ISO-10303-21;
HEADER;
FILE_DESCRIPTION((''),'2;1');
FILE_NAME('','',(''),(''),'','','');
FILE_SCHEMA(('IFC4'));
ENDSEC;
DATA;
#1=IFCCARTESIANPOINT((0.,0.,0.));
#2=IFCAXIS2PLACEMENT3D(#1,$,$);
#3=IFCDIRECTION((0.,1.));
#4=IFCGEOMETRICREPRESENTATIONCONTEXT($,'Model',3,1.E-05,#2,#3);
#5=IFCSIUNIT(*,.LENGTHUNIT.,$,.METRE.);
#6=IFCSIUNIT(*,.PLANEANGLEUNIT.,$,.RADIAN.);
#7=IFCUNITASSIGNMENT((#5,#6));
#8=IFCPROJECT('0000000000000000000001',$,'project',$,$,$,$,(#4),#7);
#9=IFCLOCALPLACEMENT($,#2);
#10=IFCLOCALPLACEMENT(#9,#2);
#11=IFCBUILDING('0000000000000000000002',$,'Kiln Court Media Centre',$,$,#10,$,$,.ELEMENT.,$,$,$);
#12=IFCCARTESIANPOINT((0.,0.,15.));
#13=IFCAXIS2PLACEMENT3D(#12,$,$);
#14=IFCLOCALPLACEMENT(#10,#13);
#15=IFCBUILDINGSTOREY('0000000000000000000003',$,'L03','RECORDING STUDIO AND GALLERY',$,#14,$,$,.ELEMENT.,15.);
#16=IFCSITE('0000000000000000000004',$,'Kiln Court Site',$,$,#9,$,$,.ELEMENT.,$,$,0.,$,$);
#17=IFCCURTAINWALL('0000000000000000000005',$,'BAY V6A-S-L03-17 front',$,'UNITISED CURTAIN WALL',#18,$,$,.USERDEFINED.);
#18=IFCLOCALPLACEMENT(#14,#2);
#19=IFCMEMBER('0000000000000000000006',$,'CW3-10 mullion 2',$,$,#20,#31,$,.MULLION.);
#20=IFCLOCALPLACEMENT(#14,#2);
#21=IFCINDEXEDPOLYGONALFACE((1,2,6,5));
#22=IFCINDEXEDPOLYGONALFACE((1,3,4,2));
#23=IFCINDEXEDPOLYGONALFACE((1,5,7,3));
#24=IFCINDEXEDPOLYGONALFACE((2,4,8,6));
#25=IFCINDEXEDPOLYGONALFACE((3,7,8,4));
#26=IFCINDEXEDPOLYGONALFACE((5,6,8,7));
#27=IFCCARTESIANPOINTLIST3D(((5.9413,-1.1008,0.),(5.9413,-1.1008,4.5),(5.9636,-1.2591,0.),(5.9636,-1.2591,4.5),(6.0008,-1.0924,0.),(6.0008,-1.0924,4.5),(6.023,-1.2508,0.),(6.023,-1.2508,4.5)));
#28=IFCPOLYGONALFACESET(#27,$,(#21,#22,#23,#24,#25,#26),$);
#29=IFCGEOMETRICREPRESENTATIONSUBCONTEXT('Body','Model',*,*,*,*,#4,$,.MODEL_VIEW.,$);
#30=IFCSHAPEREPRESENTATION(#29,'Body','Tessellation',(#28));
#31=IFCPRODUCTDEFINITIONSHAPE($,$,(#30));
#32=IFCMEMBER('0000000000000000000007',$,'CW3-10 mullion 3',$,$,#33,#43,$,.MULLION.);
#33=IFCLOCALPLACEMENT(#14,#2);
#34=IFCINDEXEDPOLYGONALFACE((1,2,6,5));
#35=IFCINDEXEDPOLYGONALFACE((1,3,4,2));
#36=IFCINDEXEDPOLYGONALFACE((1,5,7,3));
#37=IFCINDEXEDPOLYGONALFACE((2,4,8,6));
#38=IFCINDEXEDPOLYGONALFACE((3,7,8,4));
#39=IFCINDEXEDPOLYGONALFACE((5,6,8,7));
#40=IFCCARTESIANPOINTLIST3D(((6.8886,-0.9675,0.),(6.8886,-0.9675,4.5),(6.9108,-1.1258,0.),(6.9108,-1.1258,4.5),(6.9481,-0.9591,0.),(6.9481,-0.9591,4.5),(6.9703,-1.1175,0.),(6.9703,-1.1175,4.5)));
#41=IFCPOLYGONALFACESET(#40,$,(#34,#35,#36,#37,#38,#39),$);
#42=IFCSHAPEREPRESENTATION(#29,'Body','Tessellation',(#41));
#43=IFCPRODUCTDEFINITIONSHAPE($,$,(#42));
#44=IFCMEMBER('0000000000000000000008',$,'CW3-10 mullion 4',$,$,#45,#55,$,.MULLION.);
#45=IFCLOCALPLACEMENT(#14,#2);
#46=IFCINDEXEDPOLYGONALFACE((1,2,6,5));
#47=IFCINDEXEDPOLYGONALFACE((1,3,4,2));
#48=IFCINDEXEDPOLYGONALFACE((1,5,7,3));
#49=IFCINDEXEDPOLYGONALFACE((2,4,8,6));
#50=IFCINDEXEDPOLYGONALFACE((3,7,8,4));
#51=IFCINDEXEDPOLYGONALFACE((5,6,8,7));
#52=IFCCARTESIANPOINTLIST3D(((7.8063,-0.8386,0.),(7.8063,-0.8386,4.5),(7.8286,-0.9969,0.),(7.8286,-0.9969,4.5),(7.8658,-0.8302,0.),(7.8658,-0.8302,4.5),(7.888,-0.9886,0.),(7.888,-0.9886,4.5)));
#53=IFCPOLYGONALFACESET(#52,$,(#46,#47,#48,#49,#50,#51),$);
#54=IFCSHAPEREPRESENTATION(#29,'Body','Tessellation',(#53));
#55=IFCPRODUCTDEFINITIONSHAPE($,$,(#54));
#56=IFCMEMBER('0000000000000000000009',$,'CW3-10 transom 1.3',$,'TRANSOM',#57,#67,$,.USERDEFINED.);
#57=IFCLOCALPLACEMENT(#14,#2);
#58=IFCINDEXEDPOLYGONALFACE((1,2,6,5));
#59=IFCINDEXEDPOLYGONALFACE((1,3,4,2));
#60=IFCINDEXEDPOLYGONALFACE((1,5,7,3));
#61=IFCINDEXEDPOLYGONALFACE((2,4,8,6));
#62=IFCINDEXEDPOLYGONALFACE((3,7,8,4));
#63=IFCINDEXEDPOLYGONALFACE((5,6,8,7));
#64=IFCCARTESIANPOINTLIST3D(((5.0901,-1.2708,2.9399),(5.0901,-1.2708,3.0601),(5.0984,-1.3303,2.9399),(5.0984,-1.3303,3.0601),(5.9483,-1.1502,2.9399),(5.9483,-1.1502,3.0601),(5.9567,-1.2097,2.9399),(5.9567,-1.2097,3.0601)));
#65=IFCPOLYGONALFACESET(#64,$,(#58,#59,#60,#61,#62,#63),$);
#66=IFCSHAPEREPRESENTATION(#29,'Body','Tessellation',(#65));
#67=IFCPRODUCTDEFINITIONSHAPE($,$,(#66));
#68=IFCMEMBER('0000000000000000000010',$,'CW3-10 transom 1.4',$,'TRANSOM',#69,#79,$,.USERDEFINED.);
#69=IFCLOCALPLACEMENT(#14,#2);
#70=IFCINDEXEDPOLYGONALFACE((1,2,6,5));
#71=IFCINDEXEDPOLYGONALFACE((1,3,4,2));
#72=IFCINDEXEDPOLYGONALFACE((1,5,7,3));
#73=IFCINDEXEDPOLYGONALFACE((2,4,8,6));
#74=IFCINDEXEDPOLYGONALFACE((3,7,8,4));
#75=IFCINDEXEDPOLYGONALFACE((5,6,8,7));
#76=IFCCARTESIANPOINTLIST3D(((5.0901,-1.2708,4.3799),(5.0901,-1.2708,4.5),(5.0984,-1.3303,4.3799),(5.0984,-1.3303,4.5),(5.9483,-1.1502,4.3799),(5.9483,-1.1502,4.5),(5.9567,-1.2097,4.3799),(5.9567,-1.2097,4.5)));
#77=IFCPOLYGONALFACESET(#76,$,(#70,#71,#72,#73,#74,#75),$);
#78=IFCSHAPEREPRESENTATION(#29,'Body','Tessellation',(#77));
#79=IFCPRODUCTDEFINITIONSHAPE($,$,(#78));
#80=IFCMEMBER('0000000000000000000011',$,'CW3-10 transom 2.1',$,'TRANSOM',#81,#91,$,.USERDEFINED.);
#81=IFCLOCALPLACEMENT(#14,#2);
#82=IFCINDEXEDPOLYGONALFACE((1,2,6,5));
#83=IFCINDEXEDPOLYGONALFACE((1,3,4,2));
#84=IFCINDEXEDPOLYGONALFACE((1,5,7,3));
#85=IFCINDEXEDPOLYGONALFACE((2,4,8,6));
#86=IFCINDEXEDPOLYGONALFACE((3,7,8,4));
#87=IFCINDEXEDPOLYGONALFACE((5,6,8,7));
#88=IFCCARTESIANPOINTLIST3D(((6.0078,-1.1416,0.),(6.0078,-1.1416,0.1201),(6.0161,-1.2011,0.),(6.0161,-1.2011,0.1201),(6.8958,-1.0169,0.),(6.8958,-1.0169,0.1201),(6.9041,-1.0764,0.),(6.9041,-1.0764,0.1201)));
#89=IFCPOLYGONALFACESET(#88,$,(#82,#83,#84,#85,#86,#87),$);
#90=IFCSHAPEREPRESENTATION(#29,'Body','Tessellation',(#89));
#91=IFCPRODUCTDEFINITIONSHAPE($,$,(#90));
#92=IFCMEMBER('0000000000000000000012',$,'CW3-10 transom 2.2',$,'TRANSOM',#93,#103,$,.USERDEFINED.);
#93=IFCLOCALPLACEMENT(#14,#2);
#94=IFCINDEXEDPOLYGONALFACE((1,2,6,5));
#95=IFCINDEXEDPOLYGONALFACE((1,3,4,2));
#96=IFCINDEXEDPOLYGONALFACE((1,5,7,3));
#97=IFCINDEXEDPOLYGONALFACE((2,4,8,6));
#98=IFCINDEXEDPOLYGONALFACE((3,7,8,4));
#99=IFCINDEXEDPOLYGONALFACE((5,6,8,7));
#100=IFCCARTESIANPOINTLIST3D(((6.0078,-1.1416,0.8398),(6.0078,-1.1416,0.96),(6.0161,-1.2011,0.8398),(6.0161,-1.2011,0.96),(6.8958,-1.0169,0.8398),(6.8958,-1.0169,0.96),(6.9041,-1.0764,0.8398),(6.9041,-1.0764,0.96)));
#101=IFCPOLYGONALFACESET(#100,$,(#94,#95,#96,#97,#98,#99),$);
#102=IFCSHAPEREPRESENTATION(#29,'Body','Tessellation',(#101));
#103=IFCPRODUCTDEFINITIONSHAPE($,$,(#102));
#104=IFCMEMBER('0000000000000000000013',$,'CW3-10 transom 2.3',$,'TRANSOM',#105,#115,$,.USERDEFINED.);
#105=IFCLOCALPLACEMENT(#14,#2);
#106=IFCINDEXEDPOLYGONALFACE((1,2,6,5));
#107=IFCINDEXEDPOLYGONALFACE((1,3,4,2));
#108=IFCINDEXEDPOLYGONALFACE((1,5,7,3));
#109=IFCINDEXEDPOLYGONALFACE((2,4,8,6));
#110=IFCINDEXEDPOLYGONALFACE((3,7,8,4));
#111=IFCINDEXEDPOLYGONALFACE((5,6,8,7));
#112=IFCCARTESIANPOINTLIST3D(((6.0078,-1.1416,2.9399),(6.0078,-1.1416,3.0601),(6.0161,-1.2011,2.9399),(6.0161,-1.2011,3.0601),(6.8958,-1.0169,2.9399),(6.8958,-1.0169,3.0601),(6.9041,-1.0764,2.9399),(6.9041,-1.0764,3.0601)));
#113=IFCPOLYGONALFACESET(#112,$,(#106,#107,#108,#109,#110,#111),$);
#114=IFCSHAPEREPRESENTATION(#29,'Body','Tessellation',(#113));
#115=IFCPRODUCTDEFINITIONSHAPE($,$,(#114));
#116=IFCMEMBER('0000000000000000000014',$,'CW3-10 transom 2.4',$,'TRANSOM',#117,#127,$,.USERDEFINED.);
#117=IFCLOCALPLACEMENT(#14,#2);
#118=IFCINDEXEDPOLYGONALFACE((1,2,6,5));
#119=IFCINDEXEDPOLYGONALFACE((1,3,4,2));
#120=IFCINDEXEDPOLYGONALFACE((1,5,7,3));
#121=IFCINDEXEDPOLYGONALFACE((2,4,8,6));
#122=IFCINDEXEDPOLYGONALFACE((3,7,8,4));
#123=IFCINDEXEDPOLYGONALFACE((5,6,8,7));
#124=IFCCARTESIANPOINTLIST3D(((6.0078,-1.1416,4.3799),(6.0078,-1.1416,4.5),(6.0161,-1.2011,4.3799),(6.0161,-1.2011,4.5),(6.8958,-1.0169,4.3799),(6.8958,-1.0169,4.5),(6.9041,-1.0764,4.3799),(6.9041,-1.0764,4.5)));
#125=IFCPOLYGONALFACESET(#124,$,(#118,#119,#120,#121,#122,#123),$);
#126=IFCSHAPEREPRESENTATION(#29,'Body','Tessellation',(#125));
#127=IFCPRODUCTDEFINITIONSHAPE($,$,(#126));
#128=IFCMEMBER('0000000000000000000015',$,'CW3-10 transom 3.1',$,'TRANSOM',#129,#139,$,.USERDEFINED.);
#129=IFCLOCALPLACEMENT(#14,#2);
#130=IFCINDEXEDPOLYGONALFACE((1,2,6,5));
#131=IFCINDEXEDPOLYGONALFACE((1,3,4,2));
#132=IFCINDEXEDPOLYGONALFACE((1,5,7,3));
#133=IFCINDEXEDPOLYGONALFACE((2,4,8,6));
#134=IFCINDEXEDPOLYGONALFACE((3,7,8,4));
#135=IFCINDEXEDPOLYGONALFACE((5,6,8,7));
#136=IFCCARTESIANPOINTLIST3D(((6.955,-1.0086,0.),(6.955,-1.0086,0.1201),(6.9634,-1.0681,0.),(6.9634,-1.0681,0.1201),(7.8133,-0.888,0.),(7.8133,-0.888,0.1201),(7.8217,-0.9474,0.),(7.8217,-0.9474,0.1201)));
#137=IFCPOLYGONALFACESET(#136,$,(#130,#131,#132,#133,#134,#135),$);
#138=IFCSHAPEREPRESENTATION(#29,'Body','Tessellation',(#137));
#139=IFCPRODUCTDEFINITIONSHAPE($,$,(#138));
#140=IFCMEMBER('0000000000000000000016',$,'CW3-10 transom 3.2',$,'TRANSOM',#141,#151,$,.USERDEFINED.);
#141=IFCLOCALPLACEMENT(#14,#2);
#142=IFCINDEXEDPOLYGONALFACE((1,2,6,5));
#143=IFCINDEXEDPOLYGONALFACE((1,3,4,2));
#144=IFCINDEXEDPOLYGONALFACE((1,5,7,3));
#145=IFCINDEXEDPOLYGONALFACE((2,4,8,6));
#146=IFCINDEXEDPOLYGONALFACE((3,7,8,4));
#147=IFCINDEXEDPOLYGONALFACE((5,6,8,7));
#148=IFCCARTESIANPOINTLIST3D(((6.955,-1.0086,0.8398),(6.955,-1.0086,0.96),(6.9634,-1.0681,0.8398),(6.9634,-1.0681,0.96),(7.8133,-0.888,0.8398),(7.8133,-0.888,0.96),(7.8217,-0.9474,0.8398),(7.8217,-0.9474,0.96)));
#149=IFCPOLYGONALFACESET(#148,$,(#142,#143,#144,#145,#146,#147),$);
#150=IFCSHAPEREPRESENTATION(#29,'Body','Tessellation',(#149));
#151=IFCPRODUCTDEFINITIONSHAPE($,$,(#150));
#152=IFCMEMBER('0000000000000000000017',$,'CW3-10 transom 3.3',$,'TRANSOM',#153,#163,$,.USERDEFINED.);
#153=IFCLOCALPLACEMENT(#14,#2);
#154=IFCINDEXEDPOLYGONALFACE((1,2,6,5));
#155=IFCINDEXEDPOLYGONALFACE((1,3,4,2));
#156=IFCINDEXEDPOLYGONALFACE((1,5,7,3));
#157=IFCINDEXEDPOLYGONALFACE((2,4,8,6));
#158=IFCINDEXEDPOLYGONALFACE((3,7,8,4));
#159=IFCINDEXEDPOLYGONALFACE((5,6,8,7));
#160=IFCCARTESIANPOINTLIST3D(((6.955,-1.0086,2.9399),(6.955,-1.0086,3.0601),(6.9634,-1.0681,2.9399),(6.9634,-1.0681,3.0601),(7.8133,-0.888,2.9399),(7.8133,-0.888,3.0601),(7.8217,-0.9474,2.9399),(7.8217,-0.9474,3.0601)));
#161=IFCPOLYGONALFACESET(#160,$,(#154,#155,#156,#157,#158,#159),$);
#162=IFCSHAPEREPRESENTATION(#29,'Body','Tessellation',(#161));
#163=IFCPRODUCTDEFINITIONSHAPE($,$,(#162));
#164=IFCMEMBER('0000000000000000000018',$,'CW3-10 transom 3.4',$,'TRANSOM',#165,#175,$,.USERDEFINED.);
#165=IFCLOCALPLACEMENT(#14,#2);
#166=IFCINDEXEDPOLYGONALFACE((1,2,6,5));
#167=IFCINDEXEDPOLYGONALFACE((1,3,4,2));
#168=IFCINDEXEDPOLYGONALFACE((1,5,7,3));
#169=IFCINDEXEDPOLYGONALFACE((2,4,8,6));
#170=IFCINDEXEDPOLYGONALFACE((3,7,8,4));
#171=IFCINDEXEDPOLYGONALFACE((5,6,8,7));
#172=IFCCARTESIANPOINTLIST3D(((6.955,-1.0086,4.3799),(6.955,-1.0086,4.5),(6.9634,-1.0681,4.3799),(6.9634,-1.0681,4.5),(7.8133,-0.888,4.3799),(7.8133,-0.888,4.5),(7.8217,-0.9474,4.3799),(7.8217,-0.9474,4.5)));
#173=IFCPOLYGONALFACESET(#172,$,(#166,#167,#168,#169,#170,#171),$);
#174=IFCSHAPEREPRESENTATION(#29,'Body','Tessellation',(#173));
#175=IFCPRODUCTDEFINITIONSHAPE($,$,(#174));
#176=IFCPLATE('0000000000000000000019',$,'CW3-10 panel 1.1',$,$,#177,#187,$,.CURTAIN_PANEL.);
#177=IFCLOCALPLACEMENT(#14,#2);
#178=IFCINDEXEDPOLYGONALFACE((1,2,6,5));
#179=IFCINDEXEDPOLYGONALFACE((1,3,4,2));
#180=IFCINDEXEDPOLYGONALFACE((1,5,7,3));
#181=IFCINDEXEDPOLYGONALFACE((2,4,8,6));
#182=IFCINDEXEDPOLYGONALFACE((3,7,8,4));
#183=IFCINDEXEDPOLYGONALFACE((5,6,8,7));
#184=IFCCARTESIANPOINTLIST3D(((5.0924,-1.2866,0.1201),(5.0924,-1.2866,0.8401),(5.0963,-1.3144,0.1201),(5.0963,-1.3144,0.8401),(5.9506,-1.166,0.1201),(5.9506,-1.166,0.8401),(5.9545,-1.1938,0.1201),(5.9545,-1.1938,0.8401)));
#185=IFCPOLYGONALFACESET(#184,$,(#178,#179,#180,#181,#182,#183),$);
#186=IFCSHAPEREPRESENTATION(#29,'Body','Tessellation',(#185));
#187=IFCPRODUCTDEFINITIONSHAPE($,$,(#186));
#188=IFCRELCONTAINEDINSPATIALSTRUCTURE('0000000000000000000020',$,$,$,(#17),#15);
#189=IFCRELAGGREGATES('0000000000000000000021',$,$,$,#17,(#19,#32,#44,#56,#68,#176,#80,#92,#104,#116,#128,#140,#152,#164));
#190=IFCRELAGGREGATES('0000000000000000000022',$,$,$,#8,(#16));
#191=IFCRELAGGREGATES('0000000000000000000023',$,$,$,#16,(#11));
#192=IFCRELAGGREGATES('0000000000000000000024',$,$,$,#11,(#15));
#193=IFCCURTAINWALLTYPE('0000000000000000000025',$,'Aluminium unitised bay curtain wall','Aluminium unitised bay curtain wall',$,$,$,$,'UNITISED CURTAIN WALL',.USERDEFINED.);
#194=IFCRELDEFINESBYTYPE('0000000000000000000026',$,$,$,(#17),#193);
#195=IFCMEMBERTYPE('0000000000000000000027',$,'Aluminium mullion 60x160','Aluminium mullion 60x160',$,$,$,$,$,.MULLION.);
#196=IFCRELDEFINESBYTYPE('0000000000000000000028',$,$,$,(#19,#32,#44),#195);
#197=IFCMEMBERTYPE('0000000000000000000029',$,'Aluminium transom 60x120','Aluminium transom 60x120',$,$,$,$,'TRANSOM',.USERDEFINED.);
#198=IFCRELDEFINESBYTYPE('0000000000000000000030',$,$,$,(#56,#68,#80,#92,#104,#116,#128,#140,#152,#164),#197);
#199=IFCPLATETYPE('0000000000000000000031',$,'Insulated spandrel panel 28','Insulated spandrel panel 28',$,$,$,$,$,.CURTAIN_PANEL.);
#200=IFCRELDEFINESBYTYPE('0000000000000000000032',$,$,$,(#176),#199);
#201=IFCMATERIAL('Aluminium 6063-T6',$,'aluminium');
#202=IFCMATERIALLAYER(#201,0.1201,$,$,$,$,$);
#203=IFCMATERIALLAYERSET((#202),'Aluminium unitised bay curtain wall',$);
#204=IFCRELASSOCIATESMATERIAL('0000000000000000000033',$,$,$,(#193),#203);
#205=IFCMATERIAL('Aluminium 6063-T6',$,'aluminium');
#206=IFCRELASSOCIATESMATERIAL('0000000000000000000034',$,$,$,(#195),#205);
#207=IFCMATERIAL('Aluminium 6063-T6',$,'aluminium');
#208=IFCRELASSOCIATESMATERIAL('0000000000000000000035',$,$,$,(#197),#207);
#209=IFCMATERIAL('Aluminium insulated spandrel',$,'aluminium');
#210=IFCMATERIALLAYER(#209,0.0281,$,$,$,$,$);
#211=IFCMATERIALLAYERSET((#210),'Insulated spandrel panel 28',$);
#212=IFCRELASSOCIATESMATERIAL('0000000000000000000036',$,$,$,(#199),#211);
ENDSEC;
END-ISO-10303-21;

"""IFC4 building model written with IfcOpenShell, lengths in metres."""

from ifc_helpers import new_model, si_unit, direction, frame, origin, origin_2d, place, context, subcontext, project, spatial, rectangle, extrude, material, layer, layer_set, material_profile, profile_set, type_object, element, aggregate, save


model = new_model("IFC4")

# Units and contexts
model_context = context("Model", 3, precision=1e-05, world=origin(), true_north=direction((0.0, 1.0)))
body_context = subcontext(model_context, "Body", "Model", "MODEL_VIEW")
ifc_project = project(units=[si_unit("LENGTHUNIT", "METRE"), si_unit("PLANEANGLEUNIT", "RADIAN")], contexts=[model_context])

# Site, building, storey
site_placement = place(None, origin())
site = spatial("IfcSite", under=ifc_project, at=site_placement, Name="Kiln Court Site", CompositionType="ELEMENT", RefElevation=0.0)
building_placement = place(site_placement, origin())
building = spatial("IfcBuilding", under=site, at=building_placement, Name="Kiln Court Media Centre", CompositionType="ELEMENT")
storey_placement = place(building_placement, frame((0.0, 0.0, 15.0)))
storey = spatial("IfcBuildingStorey", under=building, at=storey_placement, Name="L03", Description="RECORDING STUDIO AND GALLERY", CompositionType="ELEMENT", Elevation=15.0)

# Curtain wall, members, plate
ifc_material_1 = material(Name="Aluminium 6063-T6", Category="aluminium")
ifc_layer_1 = layer(ifc_material_1, 0.1201)
ifc_layer_set_1 = layer_set([ifc_layer_1], Name="Aluminium unitised bay curtain wall")
curtain_wall_type = type_object("IfcCurtainWallType", Name="Aluminium unitised bay curtain wall", Description="Aluminium unitised bay curtain wall", ElementType="UNITISED CURTAIN WALL", PredefinedType="USERDEFINED", material=ifc_layer_set_1)
curtain_wall_placement = place(storey_placement, origin())
curtain_wall = element("IfcCurtainWall", 1, at=curtain_wall_placement, inside=storey, type_object=curtain_wall_type, Name="BAY V6A-S-L03-17 front", ObjectType="UNITISED CURTAIN WALL", PredefinedType="USERDEFINED")
ifc_material_2 = material(Name="Aluminium 6063-T6", Category="aluminium")
ifc_material_profile_1 = material_profile(ifc_material_2, rectangle(XDim=0.0601, YDim=0.1599, at=origin_2d()), Name="Aluminium mullion 60x160")
ifc_profile_set_1 = profile_set([ifc_material_profile_1], Name="Aluminium 6063-T6")
member_type_1 = type_object("IfcMemberType", Name="Aluminium mullion 60x160", Description="Aluminium mullion 60x160", PredefinedType="MULLION", material=ifc_profile_set_1)
member_1_placement = place(storey_placement, frame((5.9822, -1.1758, 0.0), z_axis=(0.0, 0.0, 1.0), x_axis=(0.99027, 0.139162, 0.0)))
member_1 = element("IfcMember", 2, at=member_1_placement, type_object=member_type_1, Name="CW3-10 mullion 2", PredefinedType="MULLION", context=body_context, shape_type="SweptSolid", body=[
    extrude(rectangle(XDim=0.0601, YDim=0.1599, at=origin_2d()), origin(), (0.0, 0.0, 1.0), 4.5),
])
member_2_placement = place(storey_placement, frame((6.9294, -1.0425, 0.0), z_axis=(0.0, 0.0, 1.0), x_axis=(0.99027, 0.139162, 0.0)))
member_2 = element("IfcMember", 3, at=member_2_placement, type_object=member_type_1, Name="CW3-10 mullion 3", PredefinedType="MULLION", context=body_context, shape_type="SweptSolid", body=[
    extrude(rectangle(XDim=0.0601, YDim=0.1599, at=origin_2d()), origin(), (0.0, 0.0, 1.0), 4.5),
])
member_3_placement = place(storey_placement, frame((7.8472, -0.9136, 0.0), z_axis=(0.0, 0.0, 1.0), x_axis=(0.99027, 0.139162, 0.0)))
member_3 = element("IfcMember", 4, at=member_3_placement, type_object=member_type_1, Name="CW3-10 mullion 4", PredefinedType="MULLION", context=body_context, shape_type="SweptSolid", body=[
    extrude(rectangle(XDim=0.0601, YDim=0.1599, at=origin_2d()), origin(), (0.0, 0.0, 1.0), 4.5),
])
ifc_material_3 = material(Name="Aluminium 6063-T6", Category="aluminium")
ifc_material_profile_2 = material_profile(ifc_material_3, rectangle(XDim=0.0601, YDim=0.1201, at=origin_2d()), Name="Aluminium transom 60x120")
ifc_profile_set_2 = profile_set([ifc_material_profile_2], Name="Aluminium 6063-T6")
member_type_2 = type_object("IfcMemberType", Name="Aluminium transom 60x120", Description="Aluminium transom 60x120", ElementType="TRANSOM", PredefinedType="USERDEFINED", material=ifc_profile_set_2)
member_4_placement = place(storey_placement, frame((5.0942, -1.3005, 3.0), z_axis=(0.990268, 0.139173, 0.0), x_axis=(-0.139173, 0.990268, 0.0)))
member_4 = element("IfcMember", 5, at=member_4_placement, type_object=member_type_2, Name="CW3-10 transom 1.3", ObjectType="TRANSOM", PredefinedType="USERDEFINED", context=body_context, shape_type="SweptSolid", body=[
    extrude(rectangle(XDim=0.0601, YDim=0.1201, at=origin_2d()), origin(), (0.0, 0.0, 1.0), 0.8667),
])
member_5_placement = place(storey_placement, frame((5.0942, -1.3005, 4.4399), z_axis=(0.990268, 0.139173, 0.0), x_axis=(-0.139173, 0.990268, 0.0)))
member_5 = element("IfcMember", 6, at=member_5_placement, type_object=member_type_2, Name="CW3-10 transom 1.4", ObjectType="TRANSOM", PredefinedType="USERDEFINED", context=body_context, shape_type="SweptSolid", body=[
    extrude(rectangle(XDim=0.0601, YDim=0.1201, at=origin_2d()), origin(), (0.0, 0.0, 1.0), 0.8667),
])
member_6_placement = place(storey_placement, frame((6.012, -1.1714, 0.0601), z_axis=(0.990274, 0.139134, 0.0), x_axis=(-0.139134, 0.990274, 0.0)))
member_6 = element("IfcMember", 7, at=member_6_placement, type_object=member_type_2, Name="CW3-10 transom 2.1", ObjectType="TRANSOM", PredefinedType="USERDEFINED", context=body_context, shape_type="SweptSolid", body=[
    extrude(rectangle(XDim=0.0601, YDim=0.1201, at=origin_2d()), origin(), (0.0, 0.0, 1.0), 0.8967),
])
member_7_placement = place(storey_placement, frame((6.012, -1.1714, 0.8999), z_axis=(0.990274, 0.139134, 0.0), x_axis=(-0.139134, 0.990274, 0.0)))
member_7 = element("IfcMember", 8, at=member_7_placement, type_object=member_type_2, Name="CW3-10 transom 2.2", ObjectType="TRANSOM", PredefinedType="USERDEFINED", context=body_context, shape_type="SweptSolid", body=[
    extrude(rectangle(XDim=0.0601, YDim=0.1201, at=origin_2d()), origin(), (0.0, 0.0, 1.0), 0.8967),
])
member_8_placement = place(storey_placement, frame((6.012, -1.1714, 3.0), z_axis=(0.990274, 0.139134, 0.0), x_axis=(-0.139134, 0.990274, 0.0)))
member_8 = element("IfcMember", 9, at=member_8_placement, type_object=member_type_2, Name="CW3-10 transom 2.3", ObjectType="TRANSOM", PredefinedType="USERDEFINED", context=body_context, shape_type="SweptSolid", body=[
    extrude(rectangle(XDim=0.0601, YDim=0.1201, at=origin_2d()), origin(), (0.0, 0.0, 1.0), 0.8967),
])
member_9_placement = place(storey_placement, frame((6.012, -1.1714, 4.4399), z_axis=(0.990274, 0.139134, 0.0), x_axis=(-0.139134, 0.990274, 0.0)))
member_9 = element("IfcMember", 10, at=member_9_placement, type_object=member_type_2, Name="CW3-10 transom 2.4", ObjectType="TRANSOM", PredefinedType="USERDEFINED", context=body_context, shape_type="SweptSolid", body=[
    extrude(rectangle(XDim=0.0601, YDim=0.1201, at=origin_2d()), origin(), (0.0, 0.0, 1.0), 0.8967),
])
member_10_placement = place(storey_placement, frame((6.9592, -1.0383, 0.0601), z_axis=(0.990268, 0.139173, 0.0), x_axis=(-0.139173, 0.990268, 0.0)))
member_10 = element("IfcMember", 11, at=member_10_placement, type_object=member_type_2, Name="CW3-10 transom 3.1", ObjectType="TRANSOM", PredefinedType="USERDEFINED", context=body_context, shape_type="SweptSolid", body=[
    extrude(rectangle(XDim=0.0601, YDim=0.1201, at=origin_2d()), origin(), (0.0, 0.0, 1.0), 0.8667),
])
member_11_placement = place(storey_placement, frame((6.9592, -1.0383, 0.8999), z_axis=(0.990268, 0.139173, 0.0), x_axis=(-0.139173, 0.990268, 0.0)))
member_11 = element("IfcMember", 12, at=member_11_placement, type_object=member_type_2, Name="CW3-10 transom 3.2", ObjectType="TRANSOM", PredefinedType="USERDEFINED", context=body_context, shape_type="SweptSolid", body=[
    extrude(rectangle(XDim=0.0601, YDim=0.1201, at=origin_2d()), origin(), (0.0, 0.0, 1.0), 0.8667),
])
member_12_placement = place(storey_placement, frame((6.9592, -1.0383, 3.0), z_axis=(0.990268, 0.139173, 0.0), x_axis=(-0.139173, 0.990268, 0.0)))
member_12 = element("IfcMember", 13, at=member_12_placement, type_object=member_type_2, Name="CW3-10 transom 3.3", ObjectType="TRANSOM", PredefinedType="USERDEFINED", context=body_context, shape_type="SweptSolid", body=[
    extrude(rectangle(XDim=0.0601, YDim=0.1201, at=origin_2d()), origin(), (0.0, 0.0, 1.0), 0.8667),
])
member_13_placement = place(storey_placement, frame((6.9592, -1.0383, 4.4399), z_axis=(0.990268, 0.139173, 0.0), x_axis=(-0.139173, 0.990268, 0.0)))
member_13 = element("IfcMember", 14, at=member_13_placement, type_object=member_type_2, Name="CW3-10 transom 3.4", ObjectType="TRANSOM", PredefinedType="USERDEFINED", context=body_context, shape_type="SweptSolid", body=[
    extrude(rectangle(XDim=0.0601, YDim=0.1201, at=origin_2d()), origin(), (0.0, 0.0, 1.0), 0.8667),
])
ifc_material_4 = material(Name="Aluminium insulated spandrel", Category="aluminium")
ifc_layer_2 = layer(ifc_material_4, 0.0281)
ifc_layer_set_2 = layer_set([ifc_layer_2], Name="Insulated spandrel panel 28")
plate_type_1 = type_object("IfcPlateType", Name="Insulated spandrel panel 28", Description="Insulated spandrel panel 28", PredefinedType="CURTAIN_PANEL", material=ifc_layer_set_2)
plate_1_placement = place(storey_placement, frame((5.5234, -1.2402, 0.1201), z_axis=(0.0, 0.0, 1.0), x_axis=(0.99027, 0.139162, 0.0)))
plate_1 = element("IfcPlate", 15, at=plate_1_placement, type_object=plate_type_1, Name="CW3-10 panel 1.1", PredefinedType="CURTAIN_PANEL", context=body_context, shape_type="SweptSolid", body=[
    extrude(rectangle(XDim=0.8667, YDim=0.0281, at=origin_2d()), origin(), (0.0, 0.0, 1.0), 0.72),
])
aggregate(curtain_wall, [member_1, member_2, member_3, member_4, member_5, plate_1, member_6, member_7, member_8, member_9, member_10, member_11, member_12, member_13])

save(model, "model.ifc")
